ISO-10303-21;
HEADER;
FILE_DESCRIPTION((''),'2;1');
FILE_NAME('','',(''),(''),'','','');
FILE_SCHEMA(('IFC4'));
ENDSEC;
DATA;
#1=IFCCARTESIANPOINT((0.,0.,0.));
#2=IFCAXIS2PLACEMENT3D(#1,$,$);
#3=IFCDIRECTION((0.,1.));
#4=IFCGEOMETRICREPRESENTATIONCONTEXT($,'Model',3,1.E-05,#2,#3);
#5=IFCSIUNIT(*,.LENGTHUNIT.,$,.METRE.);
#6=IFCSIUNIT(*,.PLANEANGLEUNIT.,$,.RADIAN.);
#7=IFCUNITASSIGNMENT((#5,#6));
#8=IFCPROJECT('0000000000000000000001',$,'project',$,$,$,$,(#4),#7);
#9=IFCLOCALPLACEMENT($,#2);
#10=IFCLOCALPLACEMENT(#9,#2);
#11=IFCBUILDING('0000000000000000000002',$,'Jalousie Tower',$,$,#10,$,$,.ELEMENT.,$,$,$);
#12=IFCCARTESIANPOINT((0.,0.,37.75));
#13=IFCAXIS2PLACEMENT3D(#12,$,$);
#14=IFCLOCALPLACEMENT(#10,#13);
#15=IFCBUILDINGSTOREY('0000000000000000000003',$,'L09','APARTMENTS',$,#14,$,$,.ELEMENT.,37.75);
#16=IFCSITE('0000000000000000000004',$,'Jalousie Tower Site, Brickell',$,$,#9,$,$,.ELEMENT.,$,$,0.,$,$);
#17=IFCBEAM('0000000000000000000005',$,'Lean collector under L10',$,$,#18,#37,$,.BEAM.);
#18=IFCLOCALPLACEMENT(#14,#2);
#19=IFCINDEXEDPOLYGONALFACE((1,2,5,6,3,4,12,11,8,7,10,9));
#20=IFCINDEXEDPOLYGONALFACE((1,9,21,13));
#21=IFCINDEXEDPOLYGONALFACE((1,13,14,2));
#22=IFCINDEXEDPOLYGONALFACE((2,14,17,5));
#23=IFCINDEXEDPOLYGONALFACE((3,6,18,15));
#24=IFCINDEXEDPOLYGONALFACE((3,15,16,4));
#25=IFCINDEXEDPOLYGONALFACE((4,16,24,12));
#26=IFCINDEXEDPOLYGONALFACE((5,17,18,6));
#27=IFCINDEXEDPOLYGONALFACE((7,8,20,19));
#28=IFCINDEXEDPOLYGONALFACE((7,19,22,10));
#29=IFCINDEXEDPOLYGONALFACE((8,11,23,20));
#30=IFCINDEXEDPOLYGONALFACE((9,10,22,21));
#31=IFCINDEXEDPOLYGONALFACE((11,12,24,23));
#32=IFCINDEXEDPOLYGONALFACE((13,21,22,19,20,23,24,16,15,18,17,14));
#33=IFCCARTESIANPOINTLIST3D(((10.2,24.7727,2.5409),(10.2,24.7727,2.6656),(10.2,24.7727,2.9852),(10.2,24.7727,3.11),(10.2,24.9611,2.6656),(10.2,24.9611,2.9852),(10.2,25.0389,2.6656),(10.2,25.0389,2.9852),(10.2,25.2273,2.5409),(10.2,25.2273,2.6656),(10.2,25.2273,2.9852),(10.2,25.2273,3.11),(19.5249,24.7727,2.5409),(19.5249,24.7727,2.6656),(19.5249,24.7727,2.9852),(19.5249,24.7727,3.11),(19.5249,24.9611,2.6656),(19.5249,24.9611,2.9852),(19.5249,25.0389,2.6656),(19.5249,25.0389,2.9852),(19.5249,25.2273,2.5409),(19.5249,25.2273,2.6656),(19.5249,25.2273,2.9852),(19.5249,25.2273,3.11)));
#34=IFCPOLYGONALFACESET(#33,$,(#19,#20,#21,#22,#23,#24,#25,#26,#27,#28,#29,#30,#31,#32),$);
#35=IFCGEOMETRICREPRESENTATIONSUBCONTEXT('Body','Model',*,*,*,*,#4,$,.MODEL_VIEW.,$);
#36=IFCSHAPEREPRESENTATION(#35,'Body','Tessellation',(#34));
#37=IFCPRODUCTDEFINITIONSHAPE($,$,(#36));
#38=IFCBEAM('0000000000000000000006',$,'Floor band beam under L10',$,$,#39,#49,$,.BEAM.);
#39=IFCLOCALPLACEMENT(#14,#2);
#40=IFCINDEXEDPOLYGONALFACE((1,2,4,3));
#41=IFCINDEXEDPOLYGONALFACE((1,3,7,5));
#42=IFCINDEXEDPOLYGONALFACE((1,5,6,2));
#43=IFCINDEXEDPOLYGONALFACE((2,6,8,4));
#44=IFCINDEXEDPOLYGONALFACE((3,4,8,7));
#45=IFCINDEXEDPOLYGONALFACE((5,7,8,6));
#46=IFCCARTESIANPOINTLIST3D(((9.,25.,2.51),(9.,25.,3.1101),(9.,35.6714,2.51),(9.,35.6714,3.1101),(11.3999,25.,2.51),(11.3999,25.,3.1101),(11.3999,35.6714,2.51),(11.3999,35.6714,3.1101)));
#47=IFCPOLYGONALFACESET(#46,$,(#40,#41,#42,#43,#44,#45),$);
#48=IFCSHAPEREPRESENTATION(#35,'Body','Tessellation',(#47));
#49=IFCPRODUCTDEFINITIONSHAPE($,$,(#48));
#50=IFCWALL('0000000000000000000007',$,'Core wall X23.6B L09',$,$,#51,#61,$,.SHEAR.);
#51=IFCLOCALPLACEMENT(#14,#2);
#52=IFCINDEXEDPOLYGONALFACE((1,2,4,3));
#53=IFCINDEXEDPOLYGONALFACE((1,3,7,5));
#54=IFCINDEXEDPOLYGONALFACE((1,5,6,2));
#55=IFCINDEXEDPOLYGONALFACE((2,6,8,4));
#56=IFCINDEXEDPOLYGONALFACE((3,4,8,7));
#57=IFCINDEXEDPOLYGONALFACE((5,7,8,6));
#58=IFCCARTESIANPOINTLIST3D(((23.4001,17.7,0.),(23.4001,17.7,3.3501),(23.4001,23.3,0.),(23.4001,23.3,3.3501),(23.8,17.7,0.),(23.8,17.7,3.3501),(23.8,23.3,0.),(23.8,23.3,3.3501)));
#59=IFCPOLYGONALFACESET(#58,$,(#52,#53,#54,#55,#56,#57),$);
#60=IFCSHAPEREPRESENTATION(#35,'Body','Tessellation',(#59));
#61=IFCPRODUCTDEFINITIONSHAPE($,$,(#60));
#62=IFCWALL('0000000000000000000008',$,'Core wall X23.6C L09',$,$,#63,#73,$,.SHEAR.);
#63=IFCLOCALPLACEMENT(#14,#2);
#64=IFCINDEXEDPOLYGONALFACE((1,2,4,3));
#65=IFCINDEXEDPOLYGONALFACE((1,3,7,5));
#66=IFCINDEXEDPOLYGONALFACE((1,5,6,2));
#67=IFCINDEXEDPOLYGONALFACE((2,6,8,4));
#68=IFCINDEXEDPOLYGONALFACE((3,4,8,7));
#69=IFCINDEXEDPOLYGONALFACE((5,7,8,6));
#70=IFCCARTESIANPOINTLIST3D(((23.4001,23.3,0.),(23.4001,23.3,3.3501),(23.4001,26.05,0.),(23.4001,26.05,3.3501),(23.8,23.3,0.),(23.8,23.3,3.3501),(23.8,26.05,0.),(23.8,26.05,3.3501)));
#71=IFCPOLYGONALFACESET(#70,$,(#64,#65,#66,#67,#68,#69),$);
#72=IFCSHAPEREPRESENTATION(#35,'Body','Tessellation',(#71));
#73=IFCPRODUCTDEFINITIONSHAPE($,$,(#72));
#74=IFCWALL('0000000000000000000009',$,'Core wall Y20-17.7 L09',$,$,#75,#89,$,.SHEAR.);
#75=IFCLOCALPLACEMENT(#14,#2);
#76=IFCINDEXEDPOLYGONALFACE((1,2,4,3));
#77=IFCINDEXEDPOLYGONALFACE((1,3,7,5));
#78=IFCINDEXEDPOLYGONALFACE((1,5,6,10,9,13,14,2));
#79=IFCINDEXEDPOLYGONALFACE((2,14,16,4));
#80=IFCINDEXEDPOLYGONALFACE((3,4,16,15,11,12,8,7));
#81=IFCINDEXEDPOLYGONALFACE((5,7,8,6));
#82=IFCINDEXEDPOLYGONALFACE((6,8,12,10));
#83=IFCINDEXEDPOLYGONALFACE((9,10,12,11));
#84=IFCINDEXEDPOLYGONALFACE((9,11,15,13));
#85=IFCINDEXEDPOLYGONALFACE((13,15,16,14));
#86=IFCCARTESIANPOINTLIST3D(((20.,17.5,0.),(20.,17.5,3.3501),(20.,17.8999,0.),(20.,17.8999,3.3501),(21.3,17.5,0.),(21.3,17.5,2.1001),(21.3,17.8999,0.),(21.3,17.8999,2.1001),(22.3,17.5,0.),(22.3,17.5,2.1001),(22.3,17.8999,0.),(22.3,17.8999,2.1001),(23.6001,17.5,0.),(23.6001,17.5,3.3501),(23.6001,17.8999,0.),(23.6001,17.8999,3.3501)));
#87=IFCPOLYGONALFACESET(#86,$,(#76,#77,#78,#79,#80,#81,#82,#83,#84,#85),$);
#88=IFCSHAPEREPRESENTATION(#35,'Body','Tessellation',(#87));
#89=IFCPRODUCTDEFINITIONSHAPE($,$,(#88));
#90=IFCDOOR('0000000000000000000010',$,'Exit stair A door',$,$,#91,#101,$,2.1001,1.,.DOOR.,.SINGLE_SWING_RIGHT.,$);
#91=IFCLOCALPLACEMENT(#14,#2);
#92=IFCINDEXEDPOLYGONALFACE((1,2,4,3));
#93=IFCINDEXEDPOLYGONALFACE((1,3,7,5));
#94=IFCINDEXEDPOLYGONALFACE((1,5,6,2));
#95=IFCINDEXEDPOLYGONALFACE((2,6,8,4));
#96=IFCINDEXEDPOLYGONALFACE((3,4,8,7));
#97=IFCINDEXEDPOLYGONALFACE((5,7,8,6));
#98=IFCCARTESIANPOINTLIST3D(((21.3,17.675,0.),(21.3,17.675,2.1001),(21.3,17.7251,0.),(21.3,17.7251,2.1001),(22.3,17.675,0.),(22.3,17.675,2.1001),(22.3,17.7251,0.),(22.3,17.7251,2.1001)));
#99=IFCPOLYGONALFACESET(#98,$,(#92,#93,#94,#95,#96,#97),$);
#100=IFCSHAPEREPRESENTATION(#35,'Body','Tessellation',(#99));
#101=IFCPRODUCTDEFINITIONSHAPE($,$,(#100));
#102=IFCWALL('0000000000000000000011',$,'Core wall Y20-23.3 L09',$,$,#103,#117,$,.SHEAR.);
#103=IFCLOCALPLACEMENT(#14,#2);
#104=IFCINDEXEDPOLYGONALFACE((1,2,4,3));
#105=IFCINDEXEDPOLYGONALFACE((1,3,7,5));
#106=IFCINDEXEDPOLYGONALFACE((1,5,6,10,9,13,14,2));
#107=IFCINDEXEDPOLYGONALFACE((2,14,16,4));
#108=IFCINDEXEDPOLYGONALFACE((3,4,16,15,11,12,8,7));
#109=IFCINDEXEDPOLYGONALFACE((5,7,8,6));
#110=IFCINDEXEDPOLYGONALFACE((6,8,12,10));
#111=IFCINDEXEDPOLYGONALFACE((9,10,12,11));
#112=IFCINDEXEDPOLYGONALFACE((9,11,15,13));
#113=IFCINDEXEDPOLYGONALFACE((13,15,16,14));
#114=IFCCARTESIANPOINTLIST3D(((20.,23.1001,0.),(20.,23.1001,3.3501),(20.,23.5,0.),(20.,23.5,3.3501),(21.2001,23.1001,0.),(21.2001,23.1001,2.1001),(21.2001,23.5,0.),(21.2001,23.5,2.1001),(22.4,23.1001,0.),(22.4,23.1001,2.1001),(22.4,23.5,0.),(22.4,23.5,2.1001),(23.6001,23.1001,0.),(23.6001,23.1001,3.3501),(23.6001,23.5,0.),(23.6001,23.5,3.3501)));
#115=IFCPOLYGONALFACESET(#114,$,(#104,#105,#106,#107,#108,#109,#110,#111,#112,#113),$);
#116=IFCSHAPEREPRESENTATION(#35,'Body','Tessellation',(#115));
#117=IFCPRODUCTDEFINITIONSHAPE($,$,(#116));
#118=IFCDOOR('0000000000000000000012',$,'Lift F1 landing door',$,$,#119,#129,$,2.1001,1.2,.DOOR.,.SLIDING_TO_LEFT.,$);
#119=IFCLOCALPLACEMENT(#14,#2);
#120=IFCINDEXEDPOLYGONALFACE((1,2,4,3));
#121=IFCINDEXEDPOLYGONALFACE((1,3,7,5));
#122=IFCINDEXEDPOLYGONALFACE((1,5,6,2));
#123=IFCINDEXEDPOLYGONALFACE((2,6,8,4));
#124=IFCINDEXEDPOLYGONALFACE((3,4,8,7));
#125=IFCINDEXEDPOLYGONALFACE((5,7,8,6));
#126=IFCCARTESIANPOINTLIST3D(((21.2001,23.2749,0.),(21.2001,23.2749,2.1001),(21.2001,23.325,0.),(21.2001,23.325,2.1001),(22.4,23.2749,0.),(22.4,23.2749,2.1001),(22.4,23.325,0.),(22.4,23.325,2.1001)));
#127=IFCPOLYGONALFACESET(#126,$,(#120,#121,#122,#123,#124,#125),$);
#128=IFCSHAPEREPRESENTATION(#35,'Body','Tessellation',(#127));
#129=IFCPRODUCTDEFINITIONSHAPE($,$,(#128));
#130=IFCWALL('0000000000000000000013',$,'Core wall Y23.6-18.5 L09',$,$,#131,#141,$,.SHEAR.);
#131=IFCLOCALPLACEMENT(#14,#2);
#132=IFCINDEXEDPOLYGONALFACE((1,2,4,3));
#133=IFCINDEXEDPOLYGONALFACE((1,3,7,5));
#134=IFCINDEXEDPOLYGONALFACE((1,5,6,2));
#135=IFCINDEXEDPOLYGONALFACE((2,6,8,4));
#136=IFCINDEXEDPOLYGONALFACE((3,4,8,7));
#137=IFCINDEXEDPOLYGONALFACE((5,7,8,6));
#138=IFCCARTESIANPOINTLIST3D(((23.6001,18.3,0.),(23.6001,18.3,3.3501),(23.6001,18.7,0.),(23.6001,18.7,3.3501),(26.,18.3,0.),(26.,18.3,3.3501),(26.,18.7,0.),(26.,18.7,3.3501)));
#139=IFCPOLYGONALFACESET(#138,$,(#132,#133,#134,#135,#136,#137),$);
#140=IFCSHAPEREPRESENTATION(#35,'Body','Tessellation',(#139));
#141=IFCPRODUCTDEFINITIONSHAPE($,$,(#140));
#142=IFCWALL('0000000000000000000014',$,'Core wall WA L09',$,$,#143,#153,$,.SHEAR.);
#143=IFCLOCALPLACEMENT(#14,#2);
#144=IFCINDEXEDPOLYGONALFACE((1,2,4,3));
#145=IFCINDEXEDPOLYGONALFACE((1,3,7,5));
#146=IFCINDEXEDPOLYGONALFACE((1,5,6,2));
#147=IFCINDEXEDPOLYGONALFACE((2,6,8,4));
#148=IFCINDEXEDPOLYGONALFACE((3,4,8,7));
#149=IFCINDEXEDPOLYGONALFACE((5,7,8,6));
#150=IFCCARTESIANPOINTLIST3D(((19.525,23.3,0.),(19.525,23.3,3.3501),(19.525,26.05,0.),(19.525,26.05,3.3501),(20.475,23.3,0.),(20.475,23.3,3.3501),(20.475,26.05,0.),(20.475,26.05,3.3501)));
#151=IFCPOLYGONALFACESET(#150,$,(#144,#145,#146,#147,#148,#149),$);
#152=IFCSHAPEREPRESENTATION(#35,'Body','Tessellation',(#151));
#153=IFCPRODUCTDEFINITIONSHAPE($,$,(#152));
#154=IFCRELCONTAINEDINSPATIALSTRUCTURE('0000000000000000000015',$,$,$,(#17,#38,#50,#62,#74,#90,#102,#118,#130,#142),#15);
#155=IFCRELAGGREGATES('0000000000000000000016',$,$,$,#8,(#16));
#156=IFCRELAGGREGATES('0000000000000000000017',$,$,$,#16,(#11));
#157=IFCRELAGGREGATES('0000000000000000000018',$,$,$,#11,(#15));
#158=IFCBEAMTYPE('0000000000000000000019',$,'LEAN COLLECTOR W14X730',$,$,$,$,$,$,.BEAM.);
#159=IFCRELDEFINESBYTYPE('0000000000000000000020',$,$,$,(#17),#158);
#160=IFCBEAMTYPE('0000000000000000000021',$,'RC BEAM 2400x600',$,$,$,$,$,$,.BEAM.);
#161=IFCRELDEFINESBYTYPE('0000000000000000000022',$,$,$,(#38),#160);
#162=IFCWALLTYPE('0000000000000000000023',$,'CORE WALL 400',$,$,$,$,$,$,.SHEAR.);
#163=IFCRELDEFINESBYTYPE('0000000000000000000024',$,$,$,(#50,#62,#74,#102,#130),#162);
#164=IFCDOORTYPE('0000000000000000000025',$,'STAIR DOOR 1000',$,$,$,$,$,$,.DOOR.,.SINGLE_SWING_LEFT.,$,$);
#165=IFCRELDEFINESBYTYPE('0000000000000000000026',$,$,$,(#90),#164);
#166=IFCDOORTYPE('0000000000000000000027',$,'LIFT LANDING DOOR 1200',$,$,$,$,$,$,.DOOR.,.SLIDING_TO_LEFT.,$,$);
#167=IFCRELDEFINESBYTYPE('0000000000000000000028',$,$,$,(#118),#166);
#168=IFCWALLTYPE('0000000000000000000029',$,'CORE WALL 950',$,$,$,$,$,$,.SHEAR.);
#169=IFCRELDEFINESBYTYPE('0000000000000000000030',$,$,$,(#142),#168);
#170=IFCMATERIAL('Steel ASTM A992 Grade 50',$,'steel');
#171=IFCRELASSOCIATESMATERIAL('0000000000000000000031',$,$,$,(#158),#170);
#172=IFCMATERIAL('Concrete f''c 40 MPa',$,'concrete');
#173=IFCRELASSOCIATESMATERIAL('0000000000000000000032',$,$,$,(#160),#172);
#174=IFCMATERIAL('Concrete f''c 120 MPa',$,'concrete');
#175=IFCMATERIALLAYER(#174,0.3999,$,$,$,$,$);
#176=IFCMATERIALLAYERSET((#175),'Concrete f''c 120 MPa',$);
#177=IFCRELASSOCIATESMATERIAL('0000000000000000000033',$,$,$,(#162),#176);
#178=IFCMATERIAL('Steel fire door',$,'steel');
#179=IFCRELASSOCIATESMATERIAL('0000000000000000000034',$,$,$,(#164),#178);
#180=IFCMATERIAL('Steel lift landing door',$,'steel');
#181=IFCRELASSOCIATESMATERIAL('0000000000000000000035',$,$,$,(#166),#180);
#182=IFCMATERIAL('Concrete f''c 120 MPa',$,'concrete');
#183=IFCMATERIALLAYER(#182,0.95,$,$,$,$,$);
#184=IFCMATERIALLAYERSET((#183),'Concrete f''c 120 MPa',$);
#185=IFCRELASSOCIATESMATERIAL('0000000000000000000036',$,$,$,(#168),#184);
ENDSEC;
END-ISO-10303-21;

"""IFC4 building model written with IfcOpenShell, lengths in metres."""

from ifc_helpers import new_model, si_unit, direction, frame, frame_2d, origin, origin_2d, place, context, subcontext, project, spatial, rectangle, i_section, extrude, material, layer, layer_set, material_profile, profile_set, type_object, element, fill, save


model = new_model("IFC4")

# Units and contexts
model_context = context("Model", 3, precision=1e-05, world=origin(), true_north=direction((0.0, 1.0)))
body_context = subcontext(model_context, "Body", "Model", "MODEL_VIEW")
ifc_project = project(units=[si_unit("LENGTHUNIT", "METRE"), si_unit("PLANEANGLEUNIT", "RADIAN")], contexts=[model_context])

# Site, building, storey
site_placement = place(None, origin())
site = spatial("IfcSite", under=ifc_project, at=site_placement, Name="Jalousie Tower Site, Brickell", CompositionType="ELEMENT", RefElevation=0.0)
building_placement = place(site_placement, origin())
building = spatial("IfcBuilding", under=site, at=building_placement, Name="Jalousie Tower", CompositionType="ELEMENT")
storey_placement = place(building_placement, frame((0.0, 0.0, 37.75)))
storey = spatial("IfcBuildingStorey", under=building, at=storey_placement, Name="L09", Description="APARTMENTS", CompositionType="ELEMENT", Elevation=37.75)

# Beams
ifc_material_1 = material(Name="Steel ASTM A992 Grade 50", Category="steel")
ifc_material_profile_1 = material_profile(ifc_material_1, i_section(OverallWidth=0.4546, OverallDepth=0.5691, WebThickness=0.0779, FlangeThickness=0.1248, at=origin_2d()), Name="W14X730")
ifc_profile_set_1 = profile_set([ifc_material_profile_1], Name="Steel ASTM A992 Grade 50")
beam_type_1 = type_object("IfcBeamType", Name="LEAN COLLECTOR W14X730", PredefinedType="BEAM", material=ifc_profile_set_1)
beam_1_placement = place(storey_placement, frame((10.2, 25.0, 2.8254), z_axis=(1.0, 0.0, 0.0), x_axis=(0.0, 1.0, 0.0)))
element("IfcBeam", 1, at=beam_1_placement, inside=storey, type_object=beam_type_1, Name="Lean collector under L10", PredefinedType="BEAM", context=body_context, shape_type="SweptSolid", body=[
    extrude(i_section(OverallWidth=0.4546, OverallDepth=0.5691, WebThickness=0.0779, FlangeThickness=0.1248, at=origin_2d()), origin(), (0.0, 0.0, 1.0), 9.325),
])
ifc_material_2 = material(Name="Concrete f'c 40 MPa", Category="concrete")
ifc_material_profile_2 = material_profile(ifc_material_2, rectangle(XDim=2.3999, YDim=0.6001, at=origin_2d()), Name="RC 2400x600")
ifc_profile_set_2 = profile_set([ifc_material_profile_2], Name="Concrete f'c 40 MPa")
beam_type_2 = type_object("IfcBeamType", Name="RC BEAM 2400x600", PredefinedType="BEAM", material=ifc_profile_set_2)
beam_2_placement = place(storey_placement, frame((10.2, 25.0, 2.8101), z_axis=(0.0, 1.0, 0.0), x_axis=(-1.0, 0.0, 0.0)))
element("IfcBeam", 2, at=beam_2_placement, inside=storey, type_object=beam_type_2, Name="Floor band beam under L10", PredefinedType="BEAM", context=body_context, shape_type="SweptSolid", body=[
    extrude(rectangle(XDim=2.3999, YDim=0.6001, at=origin_2d()), origin(), (0.0, 0.0, 1.0), 10.6714),
])

# Walls
ifc_material_3 = material(Name="Concrete f'c 120 MPa", Category="concrete")
ifc_layer_1 = layer(ifc_material_3, 0.3999)
ifc_layer_set_1 = layer_set([ifc_layer_1], Name="Concrete f'c 120 MPa")
wall_type_1 = type_object("IfcWallType", Name="CORE WALL 400", PredefinedType="SHEAR", material=ifc_layer_set_1)
wall_1_placement = place(storey_placement, frame((23.6001, 17.7, 0.0), z_axis=(0.0, 0.0, 1.0), x_axis=(0.0, 1.0, 0.0)))
element("IfcWall", 3, at=wall_1_placement, inside=storey, type_object=wall_type_1, Name="Core wall X23.6B L09", PredefinedType="SHEAR", context=body_context, shape_type="SweptSolid", body=[
    extrude(rectangle(XDim=5.6001, YDim=0.3999, at=frame_2d((2.8, 0.0))), origin(), (0.0, 0.0, 1.0), 3.3501),
])
wall_2_placement = place(storey_placement, frame((23.6001, 23.3, 0.0), z_axis=(0.0, 0.0, 1.0), x_axis=(0.0, 1.0, 0.0)))
element("IfcWall", 4, at=wall_2_placement, inside=storey, type_object=wall_type_1, Name="Core wall X23.6C L09", PredefinedType="SHEAR", context=body_context, shape_type="SweptSolid", body=[
    extrude(rectangle(XDim=2.75, YDim=0.3999, at=frame_2d((1.375, 0.0))), origin(), (0.0, 0.0, 1.0), 3.3501),
])

# Walls, openings, doors
wall_3_placement = place(storey_placement, frame((20.0, 17.7, 0.0), z_axis=(0.0, 0.0, 1.0), x_axis=(1.0, 0.0, 0.0)))
wall_3 = element("IfcWall", 5, at=wall_3_placement, inside=storey, type_object=wall_type_1, Name="Core wall Y20-17.7 L09", PredefinedType="SHEAR", context=body_context, shape_type="SweptSolid", body=[
    extrude(rectangle(XDim=3.6001, YDim=0.3999, at=frame_2d((1.8, 0.0))), origin(), (0.0, 0.0, 1.0), 3.3501),
])
opening_1_placement = place(wall_3_placement, frame((1.3, 0.0, 0.0)))
opening_1 = element("IfcOpeningElement", 6, at=opening_1_placement, cuts=wall_3, PredefinedType="OPENING", context=body_context, shape_type="SweptSolid", body=[
    extrude(rectangle(XDim=1.0, YDim=2.1001, at=frame_2d((0.5, 1.05))), frame((0.0, 0.21, 0.0), z_axis=(0.0, -1.0, 0.0), x_axis=(1.0, 0.0, 0.0)), (0.0, 0.0, 1.0), 0.4199),
])
ifc_material_4 = material(Name="Steel fire door", Category="steel")
door_type_1 = type_object("IfcDoorType", Name="STAIR DOOR 1000", OperationType="SINGLE_SWING_LEFT", PredefinedType="DOOR", material=ifc_material_4)
door_1_placement = place(opening_1_placement, frame((1.0, 0.0, 0.0), z_axis=(0.0, 0.0, 1.0), x_axis=(-1.0, 0.0, 0.0)))
door_1 = element("IfcDoor", 7, at=door_1_placement, inside=storey, type_object=door_type_1, Name="Exit stair A door", OperationType="SINGLE_SWING_RIGHT", OverallHeight=2.1001, OverallWidth=1.0, PredefinedType="DOOR", context=body_context, shape_type="SweptSolid", body=[
    extrude(rectangle(XDim=1.0, YDim=2.1001, at=frame_2d((0.5, 1.05))), frame((0.0, 0.0249, 0.0), z_axis=(0.0, -1.0, 0.0), x_axis=(1.0, 0.0, 0.0)), (0.0, 0.0, 1.0), 0.05),
])
fill(opening_1, door_1)
wall_4_placement = place(storey_placement, frame((20.0, 23.3, 0.0), z_axis=(0.0, 0.0, 1.0), x_axis=(1.0, 0.0, 0.0)))
wall_4 = element("IfcWall", 8, at=wall_4_placement, inside=storey, type_object=wall_type_1, Name="Core wall Y20-23.3 L09", PredefinedType="SHEAR", context=body_context, shape_type="SweptSolid", body=[
    extrude(rectangle(XDim=3.6001, YDim=0.3999, at=frame_2d((1.8, 0.0))), origin(), (0.0, 0.0, 1.0), 3.3501),
])
opening_2_placement = place(wall_4_placement, frame((1.2, 0.0, 0.0)))
opening_2 = element("IfcOpeningElement", 9, at=opening_2_placement, cuts=wall_4, PredefinedType="OPENING", context=body_context, shape_type="SweptSolid", body=[
    extrude(rectangle(XDim=1.2, YDim=2.1001, at=frame_2d((0.6001, 1.05))), frame((0.0, 0.21, 0.0), z_axis=(0.0, -1.0, 0.0), x_axis=(1.0, 0.0, 0.0)), (0.0, 0.0, 1.0), 0.4199),
])
ifc_material_5 = material(Name="Steel lift landing door", Category="steel")
door_type_2 = type_object("IfcDoorType", Name="LIFT LANDING DOOR 1200", OperationType="SLIDING_TO_LEFT", PredefinedType="DOOR", material=ifc_material_5)
door_2_placement = place(opening_2_placement, origin())
door_2 = element("IfcDoor", 10, at=door_2_placement, inside=storey, type_object=door_type_2, Name="Lift F1 landing door", OperationType="SLIDING_TO_LEFT", OverallHeight=2.1001, OverallWidth=1.2, PredefinedType="DOOR", context=body_context, shape_type="SweptSolid", body=[
    extrude(rectangle(XDim=1.2, YDim=2.1001, at=frame_2d((0.6001, 1.05))), frame((0.0, 0.0249, 0.0), z_axis=(0.0, -1.0, 0.0), x_axis=(1.0, 0.0, 0.0)), (0.0, 0.0, 1.0), 0.05),
])
fill(opening_2, door_2)

# Walls
wall_5_placement = place(storey_placement, frame((23.6001, 18.5, 0.0), z_axis=(0.0, 0.0, 1.0), x_axis=(1.0, 0.0, 0.0)))
element("IfcWall", 11, at=wall_5_placement, inside=storey, type_object=wall_type_1, Name="Core wall Y23.6-18.5 L09", PredefinedType="SHEAR", context=body_context, shape_type="SweptSolid", body=[
    extrude(rectangle(XDim=2.3999, YDim=0.3999, at=frame_2d((1.2, 0.0))), origin(), (0.0, 0.0, 1.0), 3.3501),
])
ifc_material_6 = material(Name="Concrete f'c 120 MPa", Category="concrete")
ifc_layer_2 = layer(ifc_material_6, 0.95)
ifc_layer_set_2 = layer_set([ifc_layer_2], Name="Concrete f'c 120 MPa")
wall_type_2 = type_object("IfcWallType", Name="CORE WALL 950", PredefinedType="SHEAR", material=ifc_layer_set_2)
wall_6_placement = place(storey_placement, frame((20.0, 26.05, 0.0), z_axis=(0.0, 0.0, 1.0), x_axis=(0.0, -1.0, 0.0)))
element("IfcWall", 12, at=wall_6_placement, inside=storey, type_object=wall_type_2, Name="Core wall WA L09", PredefinedType="SHEAR", context=body_context, shape_type="SweptSolid", body=[
    extrude(rectangle(XDim=2.75, YDim=0.95, at=frame_2d((1.375, 0.0))), origin(), (0.0, 0.0, 1.0), 3.3501),
])

save(model, "model.ifc")
